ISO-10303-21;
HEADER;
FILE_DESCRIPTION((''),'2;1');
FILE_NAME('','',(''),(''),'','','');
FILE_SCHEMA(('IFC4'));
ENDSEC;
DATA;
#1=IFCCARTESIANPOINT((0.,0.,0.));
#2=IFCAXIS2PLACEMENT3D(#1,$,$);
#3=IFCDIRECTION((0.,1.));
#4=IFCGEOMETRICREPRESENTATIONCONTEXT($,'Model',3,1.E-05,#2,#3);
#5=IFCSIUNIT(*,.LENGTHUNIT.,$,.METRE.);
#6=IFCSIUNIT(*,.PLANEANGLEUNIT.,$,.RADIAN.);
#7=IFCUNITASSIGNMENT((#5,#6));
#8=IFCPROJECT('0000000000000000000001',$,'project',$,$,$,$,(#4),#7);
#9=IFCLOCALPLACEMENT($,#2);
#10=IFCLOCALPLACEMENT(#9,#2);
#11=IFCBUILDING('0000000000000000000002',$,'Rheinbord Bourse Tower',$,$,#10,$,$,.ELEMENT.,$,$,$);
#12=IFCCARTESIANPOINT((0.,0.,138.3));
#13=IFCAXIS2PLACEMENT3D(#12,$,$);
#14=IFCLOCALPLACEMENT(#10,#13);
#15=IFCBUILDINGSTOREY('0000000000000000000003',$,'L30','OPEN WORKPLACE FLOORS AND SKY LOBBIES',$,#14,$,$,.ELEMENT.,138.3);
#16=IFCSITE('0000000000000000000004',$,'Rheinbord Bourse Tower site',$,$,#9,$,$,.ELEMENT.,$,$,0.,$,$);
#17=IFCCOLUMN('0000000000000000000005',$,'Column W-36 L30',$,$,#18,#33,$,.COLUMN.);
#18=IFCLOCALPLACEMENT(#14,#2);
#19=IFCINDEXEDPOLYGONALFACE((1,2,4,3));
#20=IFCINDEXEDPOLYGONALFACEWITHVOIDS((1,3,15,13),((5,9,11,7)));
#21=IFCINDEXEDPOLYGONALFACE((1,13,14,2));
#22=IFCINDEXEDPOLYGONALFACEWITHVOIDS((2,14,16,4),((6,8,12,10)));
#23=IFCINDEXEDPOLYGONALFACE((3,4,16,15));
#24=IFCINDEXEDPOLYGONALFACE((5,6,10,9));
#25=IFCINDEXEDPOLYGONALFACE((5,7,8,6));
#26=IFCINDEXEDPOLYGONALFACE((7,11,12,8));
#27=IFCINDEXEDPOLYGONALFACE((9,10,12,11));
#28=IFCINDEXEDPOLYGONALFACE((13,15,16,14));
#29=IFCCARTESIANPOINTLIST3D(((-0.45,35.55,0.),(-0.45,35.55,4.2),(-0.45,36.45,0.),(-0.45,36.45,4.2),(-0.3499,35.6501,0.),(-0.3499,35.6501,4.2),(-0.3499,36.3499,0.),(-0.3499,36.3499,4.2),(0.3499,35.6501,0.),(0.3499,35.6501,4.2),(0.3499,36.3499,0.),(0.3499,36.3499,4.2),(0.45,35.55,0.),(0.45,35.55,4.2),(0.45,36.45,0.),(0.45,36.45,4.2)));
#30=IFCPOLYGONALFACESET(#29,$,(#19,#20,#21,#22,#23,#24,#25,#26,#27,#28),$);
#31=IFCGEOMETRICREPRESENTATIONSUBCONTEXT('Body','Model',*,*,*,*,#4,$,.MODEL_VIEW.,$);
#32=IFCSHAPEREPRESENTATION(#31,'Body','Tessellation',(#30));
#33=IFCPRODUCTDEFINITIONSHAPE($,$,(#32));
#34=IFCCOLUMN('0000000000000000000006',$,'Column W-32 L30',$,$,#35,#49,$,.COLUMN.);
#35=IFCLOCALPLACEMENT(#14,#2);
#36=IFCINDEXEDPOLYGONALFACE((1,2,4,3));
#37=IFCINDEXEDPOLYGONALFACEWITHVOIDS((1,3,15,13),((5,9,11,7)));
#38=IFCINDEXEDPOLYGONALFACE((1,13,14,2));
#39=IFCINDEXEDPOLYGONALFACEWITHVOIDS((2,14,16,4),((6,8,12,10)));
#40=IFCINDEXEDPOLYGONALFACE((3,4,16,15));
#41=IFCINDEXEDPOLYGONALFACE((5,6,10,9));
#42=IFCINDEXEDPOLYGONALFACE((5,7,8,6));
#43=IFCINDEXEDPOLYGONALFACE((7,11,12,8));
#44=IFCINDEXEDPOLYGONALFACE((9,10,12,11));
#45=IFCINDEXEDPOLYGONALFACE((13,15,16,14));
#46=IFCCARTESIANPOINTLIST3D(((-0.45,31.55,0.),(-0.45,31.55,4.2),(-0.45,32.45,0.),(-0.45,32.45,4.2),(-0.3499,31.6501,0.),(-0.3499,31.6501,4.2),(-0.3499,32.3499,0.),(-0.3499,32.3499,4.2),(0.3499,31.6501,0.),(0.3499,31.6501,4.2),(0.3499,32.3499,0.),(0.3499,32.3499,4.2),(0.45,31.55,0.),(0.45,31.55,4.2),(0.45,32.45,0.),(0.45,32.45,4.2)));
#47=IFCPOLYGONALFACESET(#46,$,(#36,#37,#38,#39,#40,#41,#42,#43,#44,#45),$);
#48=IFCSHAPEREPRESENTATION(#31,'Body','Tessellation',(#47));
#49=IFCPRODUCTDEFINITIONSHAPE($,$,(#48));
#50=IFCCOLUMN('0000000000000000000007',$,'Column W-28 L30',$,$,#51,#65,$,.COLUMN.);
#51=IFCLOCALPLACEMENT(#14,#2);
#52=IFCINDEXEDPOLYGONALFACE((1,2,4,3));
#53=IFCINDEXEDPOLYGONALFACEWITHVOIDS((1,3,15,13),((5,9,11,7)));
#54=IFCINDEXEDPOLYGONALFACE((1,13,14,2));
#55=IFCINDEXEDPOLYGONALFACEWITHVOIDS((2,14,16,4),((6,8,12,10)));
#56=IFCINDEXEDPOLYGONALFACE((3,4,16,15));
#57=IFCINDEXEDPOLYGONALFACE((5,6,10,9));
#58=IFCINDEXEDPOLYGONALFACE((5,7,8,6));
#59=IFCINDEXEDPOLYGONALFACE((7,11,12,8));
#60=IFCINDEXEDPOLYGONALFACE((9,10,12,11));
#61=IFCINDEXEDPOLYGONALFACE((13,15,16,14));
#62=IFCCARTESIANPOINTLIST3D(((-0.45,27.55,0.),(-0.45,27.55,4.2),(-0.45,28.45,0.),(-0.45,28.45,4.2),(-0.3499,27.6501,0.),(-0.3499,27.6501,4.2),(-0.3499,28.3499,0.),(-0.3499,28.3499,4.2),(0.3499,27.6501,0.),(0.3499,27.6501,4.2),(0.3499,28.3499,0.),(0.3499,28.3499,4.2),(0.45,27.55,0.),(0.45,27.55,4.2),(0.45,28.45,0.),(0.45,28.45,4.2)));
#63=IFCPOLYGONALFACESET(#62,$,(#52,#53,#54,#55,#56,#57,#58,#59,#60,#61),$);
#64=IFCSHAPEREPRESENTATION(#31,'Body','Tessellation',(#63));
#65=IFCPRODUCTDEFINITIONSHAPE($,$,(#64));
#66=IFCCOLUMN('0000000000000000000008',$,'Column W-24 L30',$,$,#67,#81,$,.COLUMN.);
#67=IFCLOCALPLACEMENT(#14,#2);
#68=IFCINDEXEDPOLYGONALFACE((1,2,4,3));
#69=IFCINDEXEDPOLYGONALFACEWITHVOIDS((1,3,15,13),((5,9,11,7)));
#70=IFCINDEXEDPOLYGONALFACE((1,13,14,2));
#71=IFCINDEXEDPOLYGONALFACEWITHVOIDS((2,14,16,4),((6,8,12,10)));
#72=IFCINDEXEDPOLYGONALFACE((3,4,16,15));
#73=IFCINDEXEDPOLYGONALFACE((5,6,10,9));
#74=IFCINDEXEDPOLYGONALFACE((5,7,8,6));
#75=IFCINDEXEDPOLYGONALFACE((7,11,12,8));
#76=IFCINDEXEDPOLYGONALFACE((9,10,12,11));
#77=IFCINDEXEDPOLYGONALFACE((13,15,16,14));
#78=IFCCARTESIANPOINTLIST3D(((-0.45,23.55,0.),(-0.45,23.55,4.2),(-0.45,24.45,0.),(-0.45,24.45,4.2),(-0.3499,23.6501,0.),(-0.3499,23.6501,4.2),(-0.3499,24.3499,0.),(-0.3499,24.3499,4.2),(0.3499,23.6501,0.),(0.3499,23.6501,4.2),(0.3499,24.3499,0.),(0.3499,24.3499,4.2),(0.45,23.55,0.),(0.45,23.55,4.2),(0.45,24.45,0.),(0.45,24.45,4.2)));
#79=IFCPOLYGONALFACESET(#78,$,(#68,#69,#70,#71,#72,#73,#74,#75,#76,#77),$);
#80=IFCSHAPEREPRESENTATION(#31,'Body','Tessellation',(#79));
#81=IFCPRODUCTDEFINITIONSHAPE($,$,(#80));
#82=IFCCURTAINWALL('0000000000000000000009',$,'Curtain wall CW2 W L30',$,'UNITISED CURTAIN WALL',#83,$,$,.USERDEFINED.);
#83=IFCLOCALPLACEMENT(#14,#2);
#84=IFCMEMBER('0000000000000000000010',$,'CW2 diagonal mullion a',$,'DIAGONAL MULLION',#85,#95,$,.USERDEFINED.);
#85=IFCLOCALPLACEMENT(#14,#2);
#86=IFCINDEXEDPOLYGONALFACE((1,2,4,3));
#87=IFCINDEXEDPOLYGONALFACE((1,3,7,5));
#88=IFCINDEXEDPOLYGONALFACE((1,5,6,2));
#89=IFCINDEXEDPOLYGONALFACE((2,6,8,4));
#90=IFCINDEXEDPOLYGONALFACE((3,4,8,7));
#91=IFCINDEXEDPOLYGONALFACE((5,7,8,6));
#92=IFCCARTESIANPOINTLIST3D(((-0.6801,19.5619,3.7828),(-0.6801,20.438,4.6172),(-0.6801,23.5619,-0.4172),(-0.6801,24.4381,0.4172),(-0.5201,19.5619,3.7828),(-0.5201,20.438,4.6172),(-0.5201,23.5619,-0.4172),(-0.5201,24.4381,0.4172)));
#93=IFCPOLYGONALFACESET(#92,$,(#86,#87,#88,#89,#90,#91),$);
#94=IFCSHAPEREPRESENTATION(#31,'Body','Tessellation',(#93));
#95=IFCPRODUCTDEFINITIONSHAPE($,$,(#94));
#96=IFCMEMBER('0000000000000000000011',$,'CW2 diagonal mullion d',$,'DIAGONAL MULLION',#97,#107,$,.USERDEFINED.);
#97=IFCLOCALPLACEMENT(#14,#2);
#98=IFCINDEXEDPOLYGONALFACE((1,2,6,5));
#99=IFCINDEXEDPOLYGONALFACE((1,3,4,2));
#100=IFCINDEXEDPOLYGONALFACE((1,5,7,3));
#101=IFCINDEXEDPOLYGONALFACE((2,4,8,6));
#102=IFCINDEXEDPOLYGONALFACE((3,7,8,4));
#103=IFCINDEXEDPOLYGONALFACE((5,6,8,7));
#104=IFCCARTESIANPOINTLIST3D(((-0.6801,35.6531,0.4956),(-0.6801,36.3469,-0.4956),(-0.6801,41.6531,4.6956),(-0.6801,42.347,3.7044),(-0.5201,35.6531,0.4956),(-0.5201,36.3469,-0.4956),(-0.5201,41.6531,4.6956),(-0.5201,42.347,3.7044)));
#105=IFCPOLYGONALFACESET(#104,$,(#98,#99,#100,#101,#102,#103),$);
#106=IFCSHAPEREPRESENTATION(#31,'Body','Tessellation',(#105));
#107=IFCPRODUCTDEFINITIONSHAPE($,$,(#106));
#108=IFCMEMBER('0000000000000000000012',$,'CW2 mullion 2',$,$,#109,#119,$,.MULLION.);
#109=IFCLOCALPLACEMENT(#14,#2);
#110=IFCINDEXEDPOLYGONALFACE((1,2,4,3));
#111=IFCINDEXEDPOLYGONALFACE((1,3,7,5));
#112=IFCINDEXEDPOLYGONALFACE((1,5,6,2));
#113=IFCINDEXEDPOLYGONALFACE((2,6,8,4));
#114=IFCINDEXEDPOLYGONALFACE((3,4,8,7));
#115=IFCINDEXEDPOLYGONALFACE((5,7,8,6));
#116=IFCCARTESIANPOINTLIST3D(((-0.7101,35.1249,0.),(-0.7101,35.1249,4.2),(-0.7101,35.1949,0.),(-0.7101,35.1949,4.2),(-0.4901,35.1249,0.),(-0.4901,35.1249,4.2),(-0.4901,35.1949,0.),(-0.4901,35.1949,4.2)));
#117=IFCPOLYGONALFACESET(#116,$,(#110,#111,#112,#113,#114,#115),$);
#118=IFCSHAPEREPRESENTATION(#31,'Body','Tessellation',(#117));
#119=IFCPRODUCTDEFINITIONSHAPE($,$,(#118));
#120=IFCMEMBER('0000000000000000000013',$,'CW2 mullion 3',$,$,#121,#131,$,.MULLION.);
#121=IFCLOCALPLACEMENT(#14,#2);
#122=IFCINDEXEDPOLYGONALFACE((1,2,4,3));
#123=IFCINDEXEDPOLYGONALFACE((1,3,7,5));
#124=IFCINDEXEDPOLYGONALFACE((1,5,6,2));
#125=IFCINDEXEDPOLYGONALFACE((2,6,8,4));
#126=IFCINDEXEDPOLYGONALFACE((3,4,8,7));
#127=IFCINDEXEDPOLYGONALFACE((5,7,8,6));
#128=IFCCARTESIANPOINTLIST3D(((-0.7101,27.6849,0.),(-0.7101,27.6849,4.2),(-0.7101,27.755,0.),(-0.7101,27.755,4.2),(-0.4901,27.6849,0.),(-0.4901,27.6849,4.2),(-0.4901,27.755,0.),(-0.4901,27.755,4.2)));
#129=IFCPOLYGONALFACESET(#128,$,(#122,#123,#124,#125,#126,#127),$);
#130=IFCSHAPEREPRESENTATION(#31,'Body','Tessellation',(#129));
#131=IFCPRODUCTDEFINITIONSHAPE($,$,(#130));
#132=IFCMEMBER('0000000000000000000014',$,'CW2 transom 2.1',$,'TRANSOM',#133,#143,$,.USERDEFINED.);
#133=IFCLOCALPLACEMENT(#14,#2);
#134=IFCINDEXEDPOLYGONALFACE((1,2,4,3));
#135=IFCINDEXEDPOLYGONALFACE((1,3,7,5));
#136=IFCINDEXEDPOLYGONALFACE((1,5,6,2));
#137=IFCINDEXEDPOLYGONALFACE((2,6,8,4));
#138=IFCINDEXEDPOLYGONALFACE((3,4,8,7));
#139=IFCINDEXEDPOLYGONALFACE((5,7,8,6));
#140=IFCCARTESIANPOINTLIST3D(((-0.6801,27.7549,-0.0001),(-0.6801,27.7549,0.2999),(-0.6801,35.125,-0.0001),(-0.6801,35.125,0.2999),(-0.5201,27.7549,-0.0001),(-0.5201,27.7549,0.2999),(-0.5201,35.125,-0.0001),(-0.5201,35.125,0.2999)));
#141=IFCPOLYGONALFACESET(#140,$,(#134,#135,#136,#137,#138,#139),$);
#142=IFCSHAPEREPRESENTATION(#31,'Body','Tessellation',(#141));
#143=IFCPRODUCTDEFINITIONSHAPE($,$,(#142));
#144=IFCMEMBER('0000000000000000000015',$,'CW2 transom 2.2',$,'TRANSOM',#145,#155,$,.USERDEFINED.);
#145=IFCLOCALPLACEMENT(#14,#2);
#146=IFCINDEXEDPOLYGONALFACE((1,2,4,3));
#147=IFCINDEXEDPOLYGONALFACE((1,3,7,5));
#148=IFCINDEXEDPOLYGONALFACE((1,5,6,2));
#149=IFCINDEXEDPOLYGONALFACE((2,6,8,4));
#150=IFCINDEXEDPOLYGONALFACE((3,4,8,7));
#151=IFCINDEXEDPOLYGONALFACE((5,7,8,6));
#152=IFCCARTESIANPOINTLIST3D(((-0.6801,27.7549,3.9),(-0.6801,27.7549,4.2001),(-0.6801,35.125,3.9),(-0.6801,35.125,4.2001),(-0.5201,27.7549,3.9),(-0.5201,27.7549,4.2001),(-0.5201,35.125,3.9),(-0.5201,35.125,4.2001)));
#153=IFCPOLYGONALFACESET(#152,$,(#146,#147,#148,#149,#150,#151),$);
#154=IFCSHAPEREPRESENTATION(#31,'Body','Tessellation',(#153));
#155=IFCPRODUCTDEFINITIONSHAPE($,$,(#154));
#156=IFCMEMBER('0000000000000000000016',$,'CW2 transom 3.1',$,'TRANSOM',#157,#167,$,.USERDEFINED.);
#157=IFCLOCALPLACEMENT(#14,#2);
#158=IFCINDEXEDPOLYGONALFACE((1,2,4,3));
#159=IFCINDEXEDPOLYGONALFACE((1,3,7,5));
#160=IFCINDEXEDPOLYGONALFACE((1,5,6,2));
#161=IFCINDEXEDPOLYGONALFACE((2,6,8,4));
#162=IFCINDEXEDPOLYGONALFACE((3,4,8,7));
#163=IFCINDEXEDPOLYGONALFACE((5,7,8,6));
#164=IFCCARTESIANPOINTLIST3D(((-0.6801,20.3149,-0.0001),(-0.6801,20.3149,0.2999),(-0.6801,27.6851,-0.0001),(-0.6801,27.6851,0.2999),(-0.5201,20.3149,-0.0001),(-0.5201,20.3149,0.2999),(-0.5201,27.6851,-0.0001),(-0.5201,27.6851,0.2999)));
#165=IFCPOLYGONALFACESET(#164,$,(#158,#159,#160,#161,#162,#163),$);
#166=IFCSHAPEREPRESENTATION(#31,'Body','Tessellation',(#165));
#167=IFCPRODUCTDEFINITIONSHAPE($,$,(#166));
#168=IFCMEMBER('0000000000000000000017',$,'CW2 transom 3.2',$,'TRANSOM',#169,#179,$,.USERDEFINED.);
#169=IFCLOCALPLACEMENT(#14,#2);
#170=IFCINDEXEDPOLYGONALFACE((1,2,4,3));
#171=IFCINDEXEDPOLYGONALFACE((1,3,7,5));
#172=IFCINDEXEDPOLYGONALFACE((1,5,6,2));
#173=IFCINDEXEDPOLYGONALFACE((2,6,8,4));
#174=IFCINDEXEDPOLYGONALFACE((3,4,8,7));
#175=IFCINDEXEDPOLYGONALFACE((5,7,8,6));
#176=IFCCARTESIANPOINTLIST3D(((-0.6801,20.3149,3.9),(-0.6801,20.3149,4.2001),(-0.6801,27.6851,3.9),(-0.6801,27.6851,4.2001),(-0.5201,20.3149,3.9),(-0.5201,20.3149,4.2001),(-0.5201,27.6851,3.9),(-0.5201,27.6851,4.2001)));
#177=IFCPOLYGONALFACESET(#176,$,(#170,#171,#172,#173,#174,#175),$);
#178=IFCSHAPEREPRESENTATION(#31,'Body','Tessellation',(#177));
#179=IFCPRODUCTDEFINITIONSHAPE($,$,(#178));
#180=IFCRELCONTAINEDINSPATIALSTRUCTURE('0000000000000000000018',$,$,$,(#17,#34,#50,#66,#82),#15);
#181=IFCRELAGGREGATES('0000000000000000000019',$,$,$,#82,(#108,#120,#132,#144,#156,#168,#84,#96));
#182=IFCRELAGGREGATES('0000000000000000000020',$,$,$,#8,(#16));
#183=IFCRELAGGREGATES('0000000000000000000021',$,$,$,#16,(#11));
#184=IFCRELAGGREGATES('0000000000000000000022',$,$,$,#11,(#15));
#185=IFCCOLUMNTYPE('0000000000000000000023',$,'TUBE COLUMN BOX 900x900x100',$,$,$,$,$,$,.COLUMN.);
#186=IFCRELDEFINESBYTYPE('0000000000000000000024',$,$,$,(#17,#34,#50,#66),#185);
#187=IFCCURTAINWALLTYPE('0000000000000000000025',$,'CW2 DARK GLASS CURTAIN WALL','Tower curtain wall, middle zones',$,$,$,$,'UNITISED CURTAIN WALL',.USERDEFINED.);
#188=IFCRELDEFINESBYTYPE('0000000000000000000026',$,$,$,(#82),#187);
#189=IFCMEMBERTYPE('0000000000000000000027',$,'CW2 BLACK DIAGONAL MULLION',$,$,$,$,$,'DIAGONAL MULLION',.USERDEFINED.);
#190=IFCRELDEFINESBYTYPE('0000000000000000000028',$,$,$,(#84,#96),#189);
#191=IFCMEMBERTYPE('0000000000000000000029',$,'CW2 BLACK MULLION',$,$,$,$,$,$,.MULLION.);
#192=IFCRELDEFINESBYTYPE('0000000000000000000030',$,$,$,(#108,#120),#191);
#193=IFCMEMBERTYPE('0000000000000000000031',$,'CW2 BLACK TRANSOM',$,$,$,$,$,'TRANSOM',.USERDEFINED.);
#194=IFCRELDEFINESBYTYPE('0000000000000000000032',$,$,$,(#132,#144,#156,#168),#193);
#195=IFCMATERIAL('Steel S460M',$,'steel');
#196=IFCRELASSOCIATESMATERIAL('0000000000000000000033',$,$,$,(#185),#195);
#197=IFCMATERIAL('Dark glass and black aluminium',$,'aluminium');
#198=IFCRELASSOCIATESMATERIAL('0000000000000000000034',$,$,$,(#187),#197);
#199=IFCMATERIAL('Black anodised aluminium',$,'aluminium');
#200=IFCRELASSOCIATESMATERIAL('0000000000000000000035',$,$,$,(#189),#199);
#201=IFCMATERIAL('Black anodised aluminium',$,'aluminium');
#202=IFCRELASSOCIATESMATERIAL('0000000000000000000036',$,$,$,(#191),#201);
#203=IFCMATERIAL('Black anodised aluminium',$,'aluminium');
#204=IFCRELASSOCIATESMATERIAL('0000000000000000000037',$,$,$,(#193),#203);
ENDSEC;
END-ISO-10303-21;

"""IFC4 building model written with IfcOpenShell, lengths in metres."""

from ifc_helpers import new_model, si_unit, direction, frame, origin, origin_2d, place, context, subcontext, project, spatial, rectangle, hollow_rectangle, extrude, material, material_profile, profile_set, type_object, element, aggregate, save


model = new_model("IFC4")

# Units and contexts
model_context = context("Model", 3, precision=1e-05, world=origin(), true_north=direction((0.0, 1.0)))
body_context = subcontext(model_context, "Body", "Model", "MODEL_VIEW")
ifc_project = project(units=[si_unit("LENGTHUNIT", "METRE"), si_unit("PLANEANGLEUNIT", "RADIAN")], contexts=[model_context])

# Site, building, storey
site_placement = place(None, origin())
site = spatial("IfcSite", under=ifc_project, at=site_placement, Name="Rheinbord Bourse Tower site", CompositionType="ELEMENT", RefElevation=0.0)
building_placement = place(site_placement, origin())
building = spatial("IfcBuilding", under=site, at=building_placement, Name="Rheinbord Bourse Tower", CompositionType="ELEMENT")
storey_placement = place(building_placement, frame((0.0, 0.0, 138.3)))
storey = spatial("IfcBuildingStorey", under=building, at=storey_placement, Name="L30", Description="OPEN WORKPLACE FLOORS AND SKY LOBBIES", CompositionType="ELEMENT", Elevation=138.3)

# Columns
ifc_material_1 = material(Name="Steel S460M", Category="steel")
ifc_material_profile_1 = material_profile(ifc_material_1, hollow_rectangle(XDim=0.8999, YDim=0.8999, WallThickness=0.1001, at=origin_2d()), Name="BOX 900x900x100")
ifc_profile_set_1 = profile_set([ifc_material_profile_1], Name="Steel S460M")
column_type = type_object("IfcColumnType", Name="TUBE COLUMN BOX 900x900x100", PredefinedType="COLUMN", material=ifc_profile_set_1)
for number, where, z_axis, x_axis, name in (
    (1, (0.0, 36.0, 0.0), (0.0, 0.0, 1.0), (1.0, 0.0, 0.0), "Column W-36 L30"),
    (2, (0.0, 32.0, 0.0), (0.0, 0.0, 1.0), (1.0, 0.0, 0.0), "Column W-32 L30"),
    (3, (0.0, 28.0, 0.0), (0.0, 0.0, 1.0), (1.0, 0.0, 0.0), "Column W-28 L30"),
    (4, (0.0, 24.0, 0.0), (0.0, 0.0, 1.0), (1.0, 0.0, 0.0), "Column W-24 L30"),
):
    element("IfcColumn", number, at=place(storey_placement, frame(where, z_axis=z_axis, x_axis=x_axis)), inside=storey, type_object=column_type, Name=name, PredefinedType="COLUMN", context=body_context, shape_type="SweptSolid", body=[
        extrude(hollow_rectangle(XDim=0.8999, YDim=0.8999, WallThickness=0.1001, at=origin_2d()), origin(), (0.0, 0.0, 1.0), 4.2),
    ])

# Curtain wall, members
ifc_material_2 = material(Name="Dark glass and black aluminium", Category="aluminium")
curtain_wall_type = type_object("IfcCurtainWallType", Name="CW2 DARK GLASS CURTAIN WALL", Description="Tower curtain wall, middle zones", ElementType="UNITISED CURTAIN WALL", PredefinedType="USERDEFINED", material=ifc_material_2)
curtain_wall_placement = place(storey_placement, origin())
curtain_wall = element("IfcCurtainWall", 5, at=curtain_wall_placement, inside=storey, type_object=curtain_wall_type, Name="Curtain wall CW2 W L30", ObjectType="UNITISED CURTAIN WALL", PredefinedType="USERDEFINED")
ifc_material_3 = material(Name="Black anodised aluminium", Category="aluminium")
ifc_material_profile_2 = material_profile(ifc_material_3, rectangle(XDim=0.1599, YDim=1.21, at=origin_2d()), Name="CW2 DIAGONAL MULLION 1210x160")
ifc_profile_set_2 = profile_set([ifc_material_profile_2], Name="Black anodised aluminium")
member_type_1 = type_object("IfcMemberType", Name="CW2 BLACK DIAGONAL MULLION", ElementType="DIAGONAL MULLION", PredefinedType="USERDEFINED", material=ifc_profile_set_2)
member_1_placement = place(storey_placement, frame((-0.6001, 24.0, 0.0), z_axis=(0.0, -0.689659, 0.724134), x_axis=(1.0, 0.0, 0.0)))
member_1 = element("IfcMember", 6, at=member_1_placement, type_object=member_type_1, Name="CW2 diagonal mullion a", ObjectType="DIAGONAL MULLION", PredefinedType="USERDEFINED", context=body_context, shape_type="SweptSolid", body=[
    extrude(rectangle(XDim=0.1599, YDim=1.21, at=origin_2d()), origin(), (0.0, 0.0, 1.0), 5.8),
])
member_2_placement = place(storey_placement, frame((-0.6001, 36.0, 0.0), z_axis=(0.0, 0.819235, 0.573458), x_axis=(-1.0, 0.0, 0.0)))
member_2 = element("IfcMember", 7, at=member_2_placement, type_object=member_type_1, Name="CW2 diagonal mullion d", ObjectType="DIAGONAL MULLION", PredefinedType="USERDEFINED", context=body_context, shape_type="SweptSolid", body=[
    extrude(rectangle(XDim=0.1599, YDim=1.21, at=origin_2d()), origin(), (0.0, 0.0, 1.0), 7.324),
])
ifc_material_4 = material(Name="Black anodised aluminium", Category="aluminium")
ifc_material_profile_3 = material_profile(ifc_material_4, rectangle(XDim=0.22, YDim=0.0701, at=origin_2d()), Name="CW2 MULLION 70x220")
ifc_profile_set_3 = profile_set([ifc_material_profile_3], Name="Black anodised aluminium")
member_type_2 = type_object("IfcMemberType", Name="CW2 BLACK MULLION", PredefinedType="MULLION", material=ifc_profile_set_3)
member_3_placement = place(storey_placement, frame((-0.6001, 35.1599, 0.0), z_axis=(0.0, 0.0, 1.0), x_axis=(1.0, 0.0, 0.0)))
member_3 = element("IfcMember", 8, at=member_3_placement, type_object=member_type_2, Name="CW2 mullion 2", PredefinedType="MULLION", context=body_context, shape_type="SweptSolid", body=[
    extrude(rectangle(XDim=0.22, YDim=0.0701, at=origin_2d()), origin(), (0.0, 0.0, 1.0), 4.2),
])
member_4_placement = place(storey_placement, frame((-0.6001, 27.72, 0.0), z_axis=(0.0, 0.0, 1.0), x_axis=(1.0, 0.0, 0.0)))
member_4 = element("IfcMember", 9, at=member_4_placement, type_object=member_type_2, Name="CW2 mullion 3", PredefinedType="MULLION", context=body_context, shape_type="SweptSolid", body=[
    extrude(rectangle(XDim=0.22, YDim=0.0701, at=origin_2d()), origin(), (0.0, 0.0, 1.0), 4.2),
])
ifc_material_5 = material(Name="Black anodised aluminium", Category="aluminium")
ifc_material_profile_4 = material_profile(ifc_material_5, rectangle(XDim=0.1599, YDim=0.3, at=origin_2d()), Name="CW2 TRANSOM 300x160")
ifc_profile_set_4 = profile_set([ifc_material_profile_4], Name="Black anodised aluminium")
member_type_3 = type_object("IfcMemberType", Name="CW2 BLACK TRANSOM", ElementType="TRANSOM", PredefinedType="USERDEFINED", material=ifc_profile_set_4)
member_5_placement = place(storey_placement, frame((-0.6001, 35.125, 0.1499), z_axis=(0.0, -1.0, 0.0), x_axis=(1.0, 0.0, 0.0)))
member_5 = element("IfcMember", 10, at=member_5_placement, type_object=member_type_3, Name="CW2 transom 2.1", ObjectType="TRANSOM", PredefinedType="USERDEFINED", context=body_context, shape_type="SweptSolid", body=[
    extrude(rectangle(XDim=0.1599, YDim=0.3, at=origin_2d()), origin(), (0.0, 0.0, 1.0), 7.3701),
])
member_6_placement = place(storey_placement, frame((-0.6001, 35.125, 4.05), z_axis=(0.0, -1.0, 0.0), x_axis=(1.0, 0.0, 0.0)))
member_6 = element("IfcMember", 11, at=member_6_placement, type_object=member_type_3, Name="CW2 transom 2.2", ObjectType="TRANSOM", PredefinedType="USERDEFINED", context=body_context, shape_type="SweptSolid", body=[
    extrude(rectangle(XDim=0.1599, YDim=0.3, at=origin_2d()), origin(), (0.0, 0.0, 1.0), 7.3701),
])
member_7_placement = place(storey_placement, frame((-0.6001, 27.6851, 0.1499), z_axis=(0.0, -1.0, 0.0), x_axis=(1.0, 0.0, 0.0)))
member_7 = element("IfcMember", 12, at=member_7_placement, type_object=member_type_3, Name="CW2 transom 3.1", ObjectType="TRANSOM", PredefinedType="USERDEFINED", context=body_context, shape_type="SweptSolid", body=[
    extrude(rectangle(XDim=0.1599, YDim=0.3, at=origin_2d()), origin(), (0.0, 0.0, 1.0), 7.3701),
])
member_8_placement = place(storey_placement, frame((-0.6001, 27.6851, 4.05), z_axis=(0.0, -1.0, 0.0), x_axis=(1.0, 0.0, 0.0)))
member_8 = element("IfcMember", 13, at=member_8_placement, type_object=member_type_3, Name="CW2 transom 3.2", ObjectType="TRANSOM", PredefinedType="USERDEFINED", context=body_context, shape_type="SweptSolid", body=[
    extrude(rectangle(XDim=0.1599, YDim=0.3, at=origin_2d()), origin(), (0.0, 0.0, 1.0), 7.3701),
])

aggregate(curtain_wall, [member_3, member_4, member_5, member_6, member_7, member_8, member_1, member_2])

save(model, "model.ifc")
